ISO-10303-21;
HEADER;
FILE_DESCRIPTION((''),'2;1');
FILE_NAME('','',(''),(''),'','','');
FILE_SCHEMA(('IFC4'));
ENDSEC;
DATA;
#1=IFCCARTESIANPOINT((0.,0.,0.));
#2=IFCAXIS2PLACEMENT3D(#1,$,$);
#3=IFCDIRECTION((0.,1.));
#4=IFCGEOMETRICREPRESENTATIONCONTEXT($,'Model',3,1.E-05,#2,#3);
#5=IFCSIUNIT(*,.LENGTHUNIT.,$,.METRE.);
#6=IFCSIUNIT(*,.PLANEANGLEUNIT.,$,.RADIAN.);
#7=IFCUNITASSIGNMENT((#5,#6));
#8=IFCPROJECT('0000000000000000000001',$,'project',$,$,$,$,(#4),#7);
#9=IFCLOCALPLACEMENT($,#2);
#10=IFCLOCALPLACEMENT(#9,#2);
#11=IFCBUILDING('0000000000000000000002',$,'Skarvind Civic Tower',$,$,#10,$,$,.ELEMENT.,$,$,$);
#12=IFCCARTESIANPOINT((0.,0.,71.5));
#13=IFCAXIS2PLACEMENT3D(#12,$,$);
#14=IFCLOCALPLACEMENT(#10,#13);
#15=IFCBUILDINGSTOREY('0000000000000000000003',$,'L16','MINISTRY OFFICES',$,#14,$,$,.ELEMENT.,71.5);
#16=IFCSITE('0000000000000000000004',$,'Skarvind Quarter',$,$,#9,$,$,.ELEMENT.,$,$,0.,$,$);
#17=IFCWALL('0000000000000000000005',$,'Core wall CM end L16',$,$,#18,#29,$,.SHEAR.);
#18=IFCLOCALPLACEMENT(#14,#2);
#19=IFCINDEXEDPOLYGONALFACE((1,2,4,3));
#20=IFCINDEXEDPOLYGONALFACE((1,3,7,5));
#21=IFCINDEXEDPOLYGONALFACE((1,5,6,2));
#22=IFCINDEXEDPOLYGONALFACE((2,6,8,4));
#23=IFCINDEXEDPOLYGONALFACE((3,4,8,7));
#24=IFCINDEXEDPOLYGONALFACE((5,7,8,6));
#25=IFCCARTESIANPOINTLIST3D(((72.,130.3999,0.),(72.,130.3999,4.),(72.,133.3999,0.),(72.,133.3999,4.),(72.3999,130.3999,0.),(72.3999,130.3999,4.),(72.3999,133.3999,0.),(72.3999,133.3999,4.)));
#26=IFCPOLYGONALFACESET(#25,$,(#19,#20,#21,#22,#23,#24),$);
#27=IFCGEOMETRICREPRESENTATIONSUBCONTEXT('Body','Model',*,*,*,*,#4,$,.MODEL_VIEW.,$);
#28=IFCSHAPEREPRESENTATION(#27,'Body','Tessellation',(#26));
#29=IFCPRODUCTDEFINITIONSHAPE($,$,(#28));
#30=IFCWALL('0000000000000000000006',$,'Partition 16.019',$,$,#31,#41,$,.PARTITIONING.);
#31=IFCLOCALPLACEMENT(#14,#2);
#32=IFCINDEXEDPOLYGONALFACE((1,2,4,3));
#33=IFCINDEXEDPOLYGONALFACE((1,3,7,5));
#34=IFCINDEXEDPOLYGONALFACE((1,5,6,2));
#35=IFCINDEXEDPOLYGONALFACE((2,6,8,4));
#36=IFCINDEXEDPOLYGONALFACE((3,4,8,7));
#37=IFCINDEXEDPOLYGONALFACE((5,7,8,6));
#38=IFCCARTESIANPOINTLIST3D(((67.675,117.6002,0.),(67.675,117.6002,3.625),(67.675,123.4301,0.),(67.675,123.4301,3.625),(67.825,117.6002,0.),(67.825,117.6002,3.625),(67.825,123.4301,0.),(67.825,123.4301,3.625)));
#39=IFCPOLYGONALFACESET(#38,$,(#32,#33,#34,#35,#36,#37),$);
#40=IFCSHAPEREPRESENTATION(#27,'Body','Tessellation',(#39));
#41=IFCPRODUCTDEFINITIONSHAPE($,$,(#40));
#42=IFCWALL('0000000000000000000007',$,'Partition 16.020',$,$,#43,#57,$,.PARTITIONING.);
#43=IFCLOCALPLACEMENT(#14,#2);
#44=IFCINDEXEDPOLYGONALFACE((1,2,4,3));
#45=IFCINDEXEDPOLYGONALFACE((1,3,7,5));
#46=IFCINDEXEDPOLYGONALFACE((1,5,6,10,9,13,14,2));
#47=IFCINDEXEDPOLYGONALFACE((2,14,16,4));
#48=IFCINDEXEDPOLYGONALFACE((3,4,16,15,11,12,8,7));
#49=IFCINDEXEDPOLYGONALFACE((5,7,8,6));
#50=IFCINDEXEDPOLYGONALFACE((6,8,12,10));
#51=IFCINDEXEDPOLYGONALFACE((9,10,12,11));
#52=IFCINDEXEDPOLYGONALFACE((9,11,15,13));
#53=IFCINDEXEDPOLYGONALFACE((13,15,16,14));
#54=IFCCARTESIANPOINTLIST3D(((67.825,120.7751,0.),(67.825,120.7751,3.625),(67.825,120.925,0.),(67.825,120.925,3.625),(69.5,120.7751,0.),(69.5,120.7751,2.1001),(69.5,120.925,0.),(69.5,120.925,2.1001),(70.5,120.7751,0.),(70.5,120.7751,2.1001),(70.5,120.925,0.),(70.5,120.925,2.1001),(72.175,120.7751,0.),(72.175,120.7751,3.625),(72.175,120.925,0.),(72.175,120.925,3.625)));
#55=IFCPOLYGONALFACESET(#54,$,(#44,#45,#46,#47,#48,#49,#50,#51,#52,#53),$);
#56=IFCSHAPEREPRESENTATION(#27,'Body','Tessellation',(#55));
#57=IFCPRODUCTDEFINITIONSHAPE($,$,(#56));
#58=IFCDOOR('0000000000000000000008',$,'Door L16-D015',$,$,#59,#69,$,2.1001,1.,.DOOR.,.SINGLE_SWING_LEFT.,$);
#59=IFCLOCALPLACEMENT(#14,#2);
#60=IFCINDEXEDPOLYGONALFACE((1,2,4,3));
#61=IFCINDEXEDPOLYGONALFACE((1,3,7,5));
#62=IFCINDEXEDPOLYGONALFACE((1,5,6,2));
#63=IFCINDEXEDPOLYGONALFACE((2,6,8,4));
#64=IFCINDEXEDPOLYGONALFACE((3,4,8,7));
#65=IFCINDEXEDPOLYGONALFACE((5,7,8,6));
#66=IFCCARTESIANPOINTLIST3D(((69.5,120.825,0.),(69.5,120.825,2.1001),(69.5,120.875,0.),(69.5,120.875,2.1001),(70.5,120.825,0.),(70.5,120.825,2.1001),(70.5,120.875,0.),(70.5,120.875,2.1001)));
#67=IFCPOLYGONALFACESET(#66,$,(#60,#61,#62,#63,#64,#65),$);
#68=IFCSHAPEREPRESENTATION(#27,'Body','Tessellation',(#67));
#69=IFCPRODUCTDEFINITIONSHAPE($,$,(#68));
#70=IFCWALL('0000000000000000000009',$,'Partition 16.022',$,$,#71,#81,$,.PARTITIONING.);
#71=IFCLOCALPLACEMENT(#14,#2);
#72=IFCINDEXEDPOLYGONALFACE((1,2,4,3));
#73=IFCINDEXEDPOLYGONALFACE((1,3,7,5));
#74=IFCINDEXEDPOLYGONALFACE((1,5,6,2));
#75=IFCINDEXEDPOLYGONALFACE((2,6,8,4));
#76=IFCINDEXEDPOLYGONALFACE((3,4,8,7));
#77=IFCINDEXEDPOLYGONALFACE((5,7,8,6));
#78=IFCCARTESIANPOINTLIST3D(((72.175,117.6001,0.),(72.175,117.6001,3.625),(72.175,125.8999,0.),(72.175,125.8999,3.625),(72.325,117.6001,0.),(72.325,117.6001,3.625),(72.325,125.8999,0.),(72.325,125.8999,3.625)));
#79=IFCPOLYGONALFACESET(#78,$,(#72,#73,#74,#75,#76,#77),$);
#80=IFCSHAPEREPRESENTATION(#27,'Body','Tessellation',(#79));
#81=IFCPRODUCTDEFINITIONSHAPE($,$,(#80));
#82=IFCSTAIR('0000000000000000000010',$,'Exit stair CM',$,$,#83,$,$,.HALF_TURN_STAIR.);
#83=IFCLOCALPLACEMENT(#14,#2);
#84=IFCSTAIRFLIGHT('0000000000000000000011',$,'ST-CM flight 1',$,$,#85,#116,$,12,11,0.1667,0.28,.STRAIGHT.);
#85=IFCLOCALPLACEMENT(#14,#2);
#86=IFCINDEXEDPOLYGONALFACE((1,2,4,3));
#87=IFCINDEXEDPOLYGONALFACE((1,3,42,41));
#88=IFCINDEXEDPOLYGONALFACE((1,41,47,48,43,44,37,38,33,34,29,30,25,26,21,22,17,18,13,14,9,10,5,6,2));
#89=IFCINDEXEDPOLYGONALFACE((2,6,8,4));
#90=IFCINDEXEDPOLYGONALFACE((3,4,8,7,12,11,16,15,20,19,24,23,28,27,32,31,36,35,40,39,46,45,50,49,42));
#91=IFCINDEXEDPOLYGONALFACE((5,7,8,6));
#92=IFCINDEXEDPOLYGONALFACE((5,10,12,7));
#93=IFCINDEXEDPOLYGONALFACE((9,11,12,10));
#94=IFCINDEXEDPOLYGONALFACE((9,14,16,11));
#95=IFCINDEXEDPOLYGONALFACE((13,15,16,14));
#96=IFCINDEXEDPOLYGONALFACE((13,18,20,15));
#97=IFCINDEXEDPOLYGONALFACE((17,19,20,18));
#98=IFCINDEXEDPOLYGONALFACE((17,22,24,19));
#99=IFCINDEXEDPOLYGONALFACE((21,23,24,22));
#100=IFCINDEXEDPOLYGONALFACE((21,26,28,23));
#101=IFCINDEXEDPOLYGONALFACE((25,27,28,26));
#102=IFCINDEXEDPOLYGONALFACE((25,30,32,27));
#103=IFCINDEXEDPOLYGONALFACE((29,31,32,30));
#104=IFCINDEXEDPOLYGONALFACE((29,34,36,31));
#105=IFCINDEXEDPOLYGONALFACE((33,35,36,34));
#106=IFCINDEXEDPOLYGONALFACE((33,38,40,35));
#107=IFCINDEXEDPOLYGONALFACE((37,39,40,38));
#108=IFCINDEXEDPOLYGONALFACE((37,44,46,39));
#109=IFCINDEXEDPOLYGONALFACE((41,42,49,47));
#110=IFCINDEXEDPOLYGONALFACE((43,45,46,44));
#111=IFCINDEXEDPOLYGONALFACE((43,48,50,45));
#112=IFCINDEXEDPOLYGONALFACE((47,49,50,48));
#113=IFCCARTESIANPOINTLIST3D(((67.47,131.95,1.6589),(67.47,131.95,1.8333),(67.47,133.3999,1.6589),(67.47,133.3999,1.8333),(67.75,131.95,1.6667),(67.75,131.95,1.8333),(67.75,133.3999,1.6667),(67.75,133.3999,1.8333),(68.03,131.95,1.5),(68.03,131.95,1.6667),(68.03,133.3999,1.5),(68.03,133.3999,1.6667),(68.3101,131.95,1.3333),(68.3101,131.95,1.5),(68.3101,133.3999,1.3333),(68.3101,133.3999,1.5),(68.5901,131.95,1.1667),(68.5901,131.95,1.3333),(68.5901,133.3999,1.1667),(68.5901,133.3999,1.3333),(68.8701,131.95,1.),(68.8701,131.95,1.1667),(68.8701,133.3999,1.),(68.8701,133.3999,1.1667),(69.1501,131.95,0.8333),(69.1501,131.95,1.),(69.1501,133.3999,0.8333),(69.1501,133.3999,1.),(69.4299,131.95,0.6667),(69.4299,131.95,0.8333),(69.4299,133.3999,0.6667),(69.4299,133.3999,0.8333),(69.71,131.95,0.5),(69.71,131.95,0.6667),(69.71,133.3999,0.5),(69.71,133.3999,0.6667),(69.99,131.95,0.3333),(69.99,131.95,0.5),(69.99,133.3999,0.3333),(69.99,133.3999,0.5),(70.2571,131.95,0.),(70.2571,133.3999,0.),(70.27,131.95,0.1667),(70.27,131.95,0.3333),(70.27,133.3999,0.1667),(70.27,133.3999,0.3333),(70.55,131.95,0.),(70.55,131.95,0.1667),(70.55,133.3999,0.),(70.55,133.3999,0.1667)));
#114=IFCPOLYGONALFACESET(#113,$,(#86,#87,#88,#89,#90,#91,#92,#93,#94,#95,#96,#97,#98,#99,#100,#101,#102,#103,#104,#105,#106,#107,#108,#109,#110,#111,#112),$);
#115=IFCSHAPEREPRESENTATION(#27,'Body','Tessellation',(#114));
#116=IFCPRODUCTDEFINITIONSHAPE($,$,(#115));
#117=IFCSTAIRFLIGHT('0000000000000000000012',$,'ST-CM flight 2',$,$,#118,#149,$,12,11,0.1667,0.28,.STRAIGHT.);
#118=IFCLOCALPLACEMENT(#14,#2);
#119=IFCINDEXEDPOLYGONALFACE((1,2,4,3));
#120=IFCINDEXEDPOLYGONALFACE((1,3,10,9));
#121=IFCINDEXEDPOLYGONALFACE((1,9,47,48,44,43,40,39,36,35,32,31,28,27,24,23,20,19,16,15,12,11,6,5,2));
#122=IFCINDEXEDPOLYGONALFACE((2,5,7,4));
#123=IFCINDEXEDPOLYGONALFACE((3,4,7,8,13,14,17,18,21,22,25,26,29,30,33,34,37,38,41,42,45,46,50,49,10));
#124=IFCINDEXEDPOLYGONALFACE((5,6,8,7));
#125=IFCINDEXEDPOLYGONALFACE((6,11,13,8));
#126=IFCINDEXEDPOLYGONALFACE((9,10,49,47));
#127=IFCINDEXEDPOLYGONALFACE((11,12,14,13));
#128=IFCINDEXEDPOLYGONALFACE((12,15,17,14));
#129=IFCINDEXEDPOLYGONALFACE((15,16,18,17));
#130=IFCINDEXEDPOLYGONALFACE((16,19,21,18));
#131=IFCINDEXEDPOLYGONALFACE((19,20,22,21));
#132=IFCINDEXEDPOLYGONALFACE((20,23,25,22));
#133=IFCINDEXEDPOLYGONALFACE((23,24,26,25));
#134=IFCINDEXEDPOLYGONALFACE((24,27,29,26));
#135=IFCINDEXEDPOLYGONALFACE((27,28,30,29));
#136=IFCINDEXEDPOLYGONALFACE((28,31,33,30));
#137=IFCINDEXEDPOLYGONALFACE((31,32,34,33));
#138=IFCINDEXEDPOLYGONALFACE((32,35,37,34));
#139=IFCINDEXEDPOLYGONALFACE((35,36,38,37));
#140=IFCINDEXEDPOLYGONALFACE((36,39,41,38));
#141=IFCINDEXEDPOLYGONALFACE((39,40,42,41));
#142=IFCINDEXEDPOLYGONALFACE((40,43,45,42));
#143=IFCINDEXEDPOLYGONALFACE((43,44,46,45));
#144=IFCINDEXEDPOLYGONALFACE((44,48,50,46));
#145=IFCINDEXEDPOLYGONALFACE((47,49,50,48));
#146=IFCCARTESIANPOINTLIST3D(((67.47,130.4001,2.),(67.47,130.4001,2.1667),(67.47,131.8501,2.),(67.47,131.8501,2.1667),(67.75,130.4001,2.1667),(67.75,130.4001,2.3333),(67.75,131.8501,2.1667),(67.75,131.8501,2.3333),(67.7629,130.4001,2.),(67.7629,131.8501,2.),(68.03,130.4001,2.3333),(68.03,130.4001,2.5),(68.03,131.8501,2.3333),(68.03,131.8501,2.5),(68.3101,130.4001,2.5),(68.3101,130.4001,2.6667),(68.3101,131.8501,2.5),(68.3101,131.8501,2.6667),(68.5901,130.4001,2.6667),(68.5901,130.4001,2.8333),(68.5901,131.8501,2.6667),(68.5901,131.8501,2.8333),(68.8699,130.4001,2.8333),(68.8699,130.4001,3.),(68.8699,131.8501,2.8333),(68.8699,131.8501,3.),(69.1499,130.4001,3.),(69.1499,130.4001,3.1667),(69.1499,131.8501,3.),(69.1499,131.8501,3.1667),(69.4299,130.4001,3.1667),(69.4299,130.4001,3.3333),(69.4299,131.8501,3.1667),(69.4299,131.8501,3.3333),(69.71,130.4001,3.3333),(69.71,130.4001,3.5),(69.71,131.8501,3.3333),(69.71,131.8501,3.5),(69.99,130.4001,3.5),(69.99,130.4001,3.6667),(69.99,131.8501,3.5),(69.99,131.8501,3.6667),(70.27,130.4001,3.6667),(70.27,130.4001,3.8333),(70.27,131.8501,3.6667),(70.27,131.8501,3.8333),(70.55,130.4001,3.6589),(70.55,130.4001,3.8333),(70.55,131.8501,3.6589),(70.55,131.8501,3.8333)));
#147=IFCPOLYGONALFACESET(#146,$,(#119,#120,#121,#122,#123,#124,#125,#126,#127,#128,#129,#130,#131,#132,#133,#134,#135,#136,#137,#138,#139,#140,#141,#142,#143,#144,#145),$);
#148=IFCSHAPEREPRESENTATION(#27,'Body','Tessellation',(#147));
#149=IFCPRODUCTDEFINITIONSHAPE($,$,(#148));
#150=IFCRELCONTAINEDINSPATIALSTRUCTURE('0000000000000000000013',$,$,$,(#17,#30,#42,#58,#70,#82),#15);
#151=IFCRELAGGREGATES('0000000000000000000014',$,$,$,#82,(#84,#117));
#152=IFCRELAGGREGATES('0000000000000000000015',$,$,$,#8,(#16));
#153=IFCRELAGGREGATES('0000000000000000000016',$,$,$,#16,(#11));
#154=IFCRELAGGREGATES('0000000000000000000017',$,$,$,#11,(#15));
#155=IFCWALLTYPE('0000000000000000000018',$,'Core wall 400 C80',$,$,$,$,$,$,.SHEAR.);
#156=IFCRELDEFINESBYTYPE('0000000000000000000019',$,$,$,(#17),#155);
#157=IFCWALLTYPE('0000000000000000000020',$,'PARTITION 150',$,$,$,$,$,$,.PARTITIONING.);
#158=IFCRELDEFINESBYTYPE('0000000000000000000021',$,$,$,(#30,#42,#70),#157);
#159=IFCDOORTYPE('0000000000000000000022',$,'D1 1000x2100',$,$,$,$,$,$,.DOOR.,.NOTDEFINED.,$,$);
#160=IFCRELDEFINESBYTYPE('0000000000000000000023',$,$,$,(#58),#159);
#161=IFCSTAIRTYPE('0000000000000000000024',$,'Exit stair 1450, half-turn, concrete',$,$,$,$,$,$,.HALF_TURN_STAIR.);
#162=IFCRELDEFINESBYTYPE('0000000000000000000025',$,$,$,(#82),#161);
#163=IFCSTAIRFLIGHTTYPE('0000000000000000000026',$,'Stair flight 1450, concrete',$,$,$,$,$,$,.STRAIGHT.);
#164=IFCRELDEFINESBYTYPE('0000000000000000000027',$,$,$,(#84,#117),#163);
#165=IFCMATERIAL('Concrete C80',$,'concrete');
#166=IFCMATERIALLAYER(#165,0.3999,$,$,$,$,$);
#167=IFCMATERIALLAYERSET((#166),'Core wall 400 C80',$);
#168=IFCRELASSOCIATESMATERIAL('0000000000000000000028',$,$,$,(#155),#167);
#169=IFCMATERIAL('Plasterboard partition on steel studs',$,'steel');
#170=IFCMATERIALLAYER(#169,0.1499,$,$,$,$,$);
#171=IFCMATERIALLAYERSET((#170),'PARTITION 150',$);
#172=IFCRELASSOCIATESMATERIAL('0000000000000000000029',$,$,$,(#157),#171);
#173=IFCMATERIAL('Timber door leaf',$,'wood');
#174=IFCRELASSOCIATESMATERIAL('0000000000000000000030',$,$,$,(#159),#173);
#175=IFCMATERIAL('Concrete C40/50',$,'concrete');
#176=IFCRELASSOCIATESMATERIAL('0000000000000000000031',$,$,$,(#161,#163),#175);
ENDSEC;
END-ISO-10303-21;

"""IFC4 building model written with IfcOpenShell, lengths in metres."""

from ifc_helpers import new_model, si_unit, direction, frame, frame_2d, origin, place, context, subcontext, project, spatial, polyline, rectangle, outline, extrude, material, layer, layer_set, type_object, element, fill, aggregate, save


model = new_model("IFC4")

# Units and contexts
model_context = context("Model", 3, precision=1e-05, world=origin(), true_north=direction((0.0, 1.0)))
body_context = subcontext(model_context, "Body", "Model", "MODEL_VIEW")
ifc_project = project(units=[si_unit("LENGTHUNIT", "METRE"), si_unit("PLANEANGLEUNIT", "RADIAN")], contexts=[model_context])

# Site, building, storey
site_placement = place(None, origin())
site = spatial("IfcSite", under=ifc_project, at=site_placement, Name="Skarvind Quarter", CompositionType="ELEMENT", RefElevation=0.0)
building_placement = place(site_placement, origin())
building = spatial("IfcBuilding", under=site, at=building_placement, Name="Skarvind Civic Tower", CompositionType="ELEMENT")
storey_placement = place(building_placement, frame((0.0, 0.0, 71.5)))
storey = spatial("IfcBuildingStorey", under=building, at=storey_placement, Name="L16", Description="MINISTRY OFFICES", CompositionType="ELEMENT", Elevation=71.5)

# Shared definitions
ifc_material_1 = material(Name="Concrete C80", Category="concrete")

# Shared definitions
ifc_layer_1 = layer(ifc_material_1, 0.3999)
ifc_layer_set_1 = layer_set([ifc_layer_1], Name="Core wall 400 C80")
wall_type_1 = type_object("IfcWallType", Name="Core wall 400 C80", PredefinedType="SHEAR", material=ifc_layer_set_1)

# Walls
for number, where, z_axis, x_axis, name in (
    (1, (72.2, 130.3999, 0.0), (0.0, 0.0, 1.0), (0.0, 1.0, 0.0), "Core wall CM end L16"),
):
    element("IfcWall", number, at=place(storey_placement, frame(where, z_axis=z_axis, x_axis=x_axis)), inside=storey, type_object=wall_type_1, Name=name, PredefinedType="SHEAR", context=body_context, shape_type="SweptSolid", body=[
        extrude(rectangle(XDim=3.0, YDim=0.3999, at=frame_2d((1.5, 0.0))), origin(), (0.0, 0.0, 1.0), 4.0),
    ])
ifc_material_2 = material(Name="Plasterboard partition on steel studs", Category="steel")
ifc_layer_2 = layer(ifc_material_2, 0.1499)
ifc_layer_set_2 = layer_set([ifc_layer_2], Name="PARTITION 150")
wall_type_2 = type_object("IfcWallType", Name="PARTITION 150", PredefinedType="PARTITIONING", material=ifc_layer_set_2)
wall_1_placement = place(storey_placement, frame((67.75, 117.6001, 0.0), z_axis=(0.0, 0.0, 1.0), x_axis=(0.0, 1.0, 0.0)))
element("IfcWall", 2, at=wall_1_placement, inside=storey, type_object=wall_type_2, Name="Partition 16.019", PredefinedType="PARTITIONING", context=body_context, shape_type="SweptSolid", body=[
    extrude(rectangle(XDim=5.8298, YDim=0.1499, at=frame_2d((2.915, 0.0))), origin(), (0.0, 0.0, 1.0), 3.625),
])

# Wall, opening, door
wall_2_placement = place(storey_placement, frame((67.825, 120.8501, 0.0), z_axis=(0.0, 0.0, 1.0), x_axis=(1.0, 0.0, 0.0)))
wall_2 = element("IfcWall", 3, at=wall_2_placement, inside=storey, type_object=wall_type_2, Name="Partition 16.020", PredefinedType="PARTITIONING", context=body_context, shape_type="SweptSolid", body=[
    extrude(rectangle(XDim=4.3501, YDim=0.1499, at=frame_2d((2.175, 0.0))), origin(), (0.0, 0.0, 1.0), 3.625),
])
opening_1_placement = place(wall_2_placement, frame((1.675, 0.0, 0.0)))
opening_1 = element("IfcOpeningElement", 4, at=opening_1_placement, cuts=wall_2, PredefinedType="OPENING", context=body_context, shape_type="SweptSolid", body=[
    extrude(rectangle(XDim=1.0, YDim=2.1001, at=frame_2d((0.5, 1.05))), frame((0.0, 0.085, 0.0), z_axis=(0.0, -1.0, 0.0), x_axis=(1.0, 0.0, 0.0)), (0.0, 0.0, 1.0), 0.1699),
])
ifc_material_3 = material(Name="Timber door leaf", Category="wood")
door_type_1 = type_object("IfcDoorType", Name="D1 1000x2100", OperationType="NOTDEFINED", PredefinedType="DOOR", material=ifc_material_3)
door_1_placement = place(opening_1_placement, origin())
door_1 = element("IfcDoor", 5, at=door_1_placement, inside=storey, type_object=door_type_1, Name="Door L16-D015", OperationType="SINGLE_SWING_LEFT", OverallHeight=2.1001, OverallWidth=1.0, PredefinedType="DOOR", context=body_context, shape_type="SweptSolid", body=[
    extrude(rectangle(XDim=1.0, YDim=2.1001, at=frame_2d((0.5, 1.05))), frame((0.0, 0.0249, 0.0), z_axis=(0.0, -1.0, 0.0), x_axis=(1.0, 0.0, 0.0)), (0.0, 0.0, 1.0), 0.05),
])
fill(opening_1, door_1)

# Wall
wall_3_placement = place(storey_placement, frame((72.25, 117.6001, 0.0), z_axis=(0.0, 0.0, 1.0), x_axis=(0.0, 1.0, 0.0)))
element("IfcWall", 6, at=wall_3_placement, inside=storey, type_object=wall_type_2, Name="Partition 16.022", PredefinedType="PARTITIONING", context=body_context, shape_type="SweptSolid", body=[
    extrude(rectangle(XDim=8.2998, YDim=0.1499, at=frame_2d((4.1499, 0.0))), origin(), (0.0, 0.0, 1.0), 3.625),
])

# Stair, stair flights
ifc_material_4 = material(Name="Concrete C40/50", Category="concrete")
stair_type = type_object("IfcStairType", Name="Exit stair 1450, half-turn, concrete", PredefinedType="HALF_TURN_STAIR", material=ifc_material_4)
stair_placement = place(storey_placement, origin())
stair = element("IfcStair", 7, at=stair_placement, inside=storey, type_object=stair_type, Name="Exit stair CM", PredefinedType="HALF_TURN_STAIR")
stair_flight_type = type_object("IfcStairFlightType", Name="Stair flight 1450, concrete", PredefinedType="STRAIGHT", material=ifc_material_4)
stair_flight_1_placement = place(storey_placement, frame((70.55, 132.675, 0.0), z_axis=(0.0, 0.0, 1.0), x_axis=(-1.0, 0.0, 0.0)))
stair_flight_1 = element("IfcStairFlight", 8, at=stair_flight_1_placement, type_object=stair_flight_type, Name="ST-CM flight 1", NumberOfRisers=12, NumberOfTreads=11, PredefinedType="STRAIGHT", RiserHeight=0.1667, TreadLength=0.28, context=body_context, shape_type="SweptSolid", body=[
    extrude(outline(polyline([(0.0, 0.0), (0.0, 0.1667), (0.28, 0.1667), (0.28, 0.3333), (0.5601, 0.3333), (0.5601, 0.5), (0.8401, 0.5), (0.8401, 0.6667), (1.1201, 0.6667), (1.1201, 0.8333), (1.3999, 0.8333), (1.3999, 1.0), (1.6799, 1.0), (1.6799, 1.1667), (1.96, 1.1667), (1.96, 1.3333), (2.24, 1.3333), (2.24, 1.5), (2.52, 1.5), (2.52, 1.6667), (2.8, 1.6667), (2.8, 1.8333), (3.0801, 1.8333), (3.0801, 2.0), (3.0801, 1.6589), (0.293, 0.0), (0.0, 0.0)])), frame((0.0, 0.7251, 0.0), z_axis=(0.0, -1.0, 0.0), x_axis=(1.0, 0.0, 0.0)), (0.0, 0.0, 1.0), 1.45),
])
stair_flight_2_placement = place(storey_placement, frame((67.47, 131.125, 2.0), z_axis=(0.0, 0.0, 1.0), x_axis=(1.0, 0.0, 0.0)))
stair_flight_2 = element("IfcStairFlight", 9, at=stair_flight_2_placement, type_object=stair_flight_type, Name="ST-CM flight 2", NumberOfRisers=12, NumberOfTreads=11, PredefinedType="STRAIGHT", RiserHeight=0.1667, TreadLength=0.28, context=body_context, shape_type="SweptSolid", body=[
    extrude(outline(polyline([(0.0, 0.0), (0.0, 0.1667), (0.28, 0.1667), (0.28, 0.3333), (0.5601, 0.3333), (0.5601, 0.5), (0.8401, 0.5), (0.8401, 0.6667), (1.1201, 0.6667), (1.1201, 0.8333), (1.3999, 0.8333), (1.3999, 1.0), (1.6799, 1.0), (1.6799, 1.1667), (1.96, 1.1667), (1.96, 1.3333), (2.24, 1.3333), (2.24, 1.5), (2.52, 1.5), (2.52, 1.6667), (2.8, 1.6667), (2.8, 1.8333), (3.0801, 1.8333), (3.0801, 2.0), (3.0801, 1.6589), (0.293, 0.0), (0.0, 0.0)])), frame((0.0, 0.7251, 0.0), z_axis=(0.0, -1.0, 0.0), x_axis=(1.0, 0.0, 0.0)), (0.0, 0.0, 1.0), 1.45),
])
aggregate(stair, [stair_flight_1, stair_flight_2])

save(model, "model.ifc")
